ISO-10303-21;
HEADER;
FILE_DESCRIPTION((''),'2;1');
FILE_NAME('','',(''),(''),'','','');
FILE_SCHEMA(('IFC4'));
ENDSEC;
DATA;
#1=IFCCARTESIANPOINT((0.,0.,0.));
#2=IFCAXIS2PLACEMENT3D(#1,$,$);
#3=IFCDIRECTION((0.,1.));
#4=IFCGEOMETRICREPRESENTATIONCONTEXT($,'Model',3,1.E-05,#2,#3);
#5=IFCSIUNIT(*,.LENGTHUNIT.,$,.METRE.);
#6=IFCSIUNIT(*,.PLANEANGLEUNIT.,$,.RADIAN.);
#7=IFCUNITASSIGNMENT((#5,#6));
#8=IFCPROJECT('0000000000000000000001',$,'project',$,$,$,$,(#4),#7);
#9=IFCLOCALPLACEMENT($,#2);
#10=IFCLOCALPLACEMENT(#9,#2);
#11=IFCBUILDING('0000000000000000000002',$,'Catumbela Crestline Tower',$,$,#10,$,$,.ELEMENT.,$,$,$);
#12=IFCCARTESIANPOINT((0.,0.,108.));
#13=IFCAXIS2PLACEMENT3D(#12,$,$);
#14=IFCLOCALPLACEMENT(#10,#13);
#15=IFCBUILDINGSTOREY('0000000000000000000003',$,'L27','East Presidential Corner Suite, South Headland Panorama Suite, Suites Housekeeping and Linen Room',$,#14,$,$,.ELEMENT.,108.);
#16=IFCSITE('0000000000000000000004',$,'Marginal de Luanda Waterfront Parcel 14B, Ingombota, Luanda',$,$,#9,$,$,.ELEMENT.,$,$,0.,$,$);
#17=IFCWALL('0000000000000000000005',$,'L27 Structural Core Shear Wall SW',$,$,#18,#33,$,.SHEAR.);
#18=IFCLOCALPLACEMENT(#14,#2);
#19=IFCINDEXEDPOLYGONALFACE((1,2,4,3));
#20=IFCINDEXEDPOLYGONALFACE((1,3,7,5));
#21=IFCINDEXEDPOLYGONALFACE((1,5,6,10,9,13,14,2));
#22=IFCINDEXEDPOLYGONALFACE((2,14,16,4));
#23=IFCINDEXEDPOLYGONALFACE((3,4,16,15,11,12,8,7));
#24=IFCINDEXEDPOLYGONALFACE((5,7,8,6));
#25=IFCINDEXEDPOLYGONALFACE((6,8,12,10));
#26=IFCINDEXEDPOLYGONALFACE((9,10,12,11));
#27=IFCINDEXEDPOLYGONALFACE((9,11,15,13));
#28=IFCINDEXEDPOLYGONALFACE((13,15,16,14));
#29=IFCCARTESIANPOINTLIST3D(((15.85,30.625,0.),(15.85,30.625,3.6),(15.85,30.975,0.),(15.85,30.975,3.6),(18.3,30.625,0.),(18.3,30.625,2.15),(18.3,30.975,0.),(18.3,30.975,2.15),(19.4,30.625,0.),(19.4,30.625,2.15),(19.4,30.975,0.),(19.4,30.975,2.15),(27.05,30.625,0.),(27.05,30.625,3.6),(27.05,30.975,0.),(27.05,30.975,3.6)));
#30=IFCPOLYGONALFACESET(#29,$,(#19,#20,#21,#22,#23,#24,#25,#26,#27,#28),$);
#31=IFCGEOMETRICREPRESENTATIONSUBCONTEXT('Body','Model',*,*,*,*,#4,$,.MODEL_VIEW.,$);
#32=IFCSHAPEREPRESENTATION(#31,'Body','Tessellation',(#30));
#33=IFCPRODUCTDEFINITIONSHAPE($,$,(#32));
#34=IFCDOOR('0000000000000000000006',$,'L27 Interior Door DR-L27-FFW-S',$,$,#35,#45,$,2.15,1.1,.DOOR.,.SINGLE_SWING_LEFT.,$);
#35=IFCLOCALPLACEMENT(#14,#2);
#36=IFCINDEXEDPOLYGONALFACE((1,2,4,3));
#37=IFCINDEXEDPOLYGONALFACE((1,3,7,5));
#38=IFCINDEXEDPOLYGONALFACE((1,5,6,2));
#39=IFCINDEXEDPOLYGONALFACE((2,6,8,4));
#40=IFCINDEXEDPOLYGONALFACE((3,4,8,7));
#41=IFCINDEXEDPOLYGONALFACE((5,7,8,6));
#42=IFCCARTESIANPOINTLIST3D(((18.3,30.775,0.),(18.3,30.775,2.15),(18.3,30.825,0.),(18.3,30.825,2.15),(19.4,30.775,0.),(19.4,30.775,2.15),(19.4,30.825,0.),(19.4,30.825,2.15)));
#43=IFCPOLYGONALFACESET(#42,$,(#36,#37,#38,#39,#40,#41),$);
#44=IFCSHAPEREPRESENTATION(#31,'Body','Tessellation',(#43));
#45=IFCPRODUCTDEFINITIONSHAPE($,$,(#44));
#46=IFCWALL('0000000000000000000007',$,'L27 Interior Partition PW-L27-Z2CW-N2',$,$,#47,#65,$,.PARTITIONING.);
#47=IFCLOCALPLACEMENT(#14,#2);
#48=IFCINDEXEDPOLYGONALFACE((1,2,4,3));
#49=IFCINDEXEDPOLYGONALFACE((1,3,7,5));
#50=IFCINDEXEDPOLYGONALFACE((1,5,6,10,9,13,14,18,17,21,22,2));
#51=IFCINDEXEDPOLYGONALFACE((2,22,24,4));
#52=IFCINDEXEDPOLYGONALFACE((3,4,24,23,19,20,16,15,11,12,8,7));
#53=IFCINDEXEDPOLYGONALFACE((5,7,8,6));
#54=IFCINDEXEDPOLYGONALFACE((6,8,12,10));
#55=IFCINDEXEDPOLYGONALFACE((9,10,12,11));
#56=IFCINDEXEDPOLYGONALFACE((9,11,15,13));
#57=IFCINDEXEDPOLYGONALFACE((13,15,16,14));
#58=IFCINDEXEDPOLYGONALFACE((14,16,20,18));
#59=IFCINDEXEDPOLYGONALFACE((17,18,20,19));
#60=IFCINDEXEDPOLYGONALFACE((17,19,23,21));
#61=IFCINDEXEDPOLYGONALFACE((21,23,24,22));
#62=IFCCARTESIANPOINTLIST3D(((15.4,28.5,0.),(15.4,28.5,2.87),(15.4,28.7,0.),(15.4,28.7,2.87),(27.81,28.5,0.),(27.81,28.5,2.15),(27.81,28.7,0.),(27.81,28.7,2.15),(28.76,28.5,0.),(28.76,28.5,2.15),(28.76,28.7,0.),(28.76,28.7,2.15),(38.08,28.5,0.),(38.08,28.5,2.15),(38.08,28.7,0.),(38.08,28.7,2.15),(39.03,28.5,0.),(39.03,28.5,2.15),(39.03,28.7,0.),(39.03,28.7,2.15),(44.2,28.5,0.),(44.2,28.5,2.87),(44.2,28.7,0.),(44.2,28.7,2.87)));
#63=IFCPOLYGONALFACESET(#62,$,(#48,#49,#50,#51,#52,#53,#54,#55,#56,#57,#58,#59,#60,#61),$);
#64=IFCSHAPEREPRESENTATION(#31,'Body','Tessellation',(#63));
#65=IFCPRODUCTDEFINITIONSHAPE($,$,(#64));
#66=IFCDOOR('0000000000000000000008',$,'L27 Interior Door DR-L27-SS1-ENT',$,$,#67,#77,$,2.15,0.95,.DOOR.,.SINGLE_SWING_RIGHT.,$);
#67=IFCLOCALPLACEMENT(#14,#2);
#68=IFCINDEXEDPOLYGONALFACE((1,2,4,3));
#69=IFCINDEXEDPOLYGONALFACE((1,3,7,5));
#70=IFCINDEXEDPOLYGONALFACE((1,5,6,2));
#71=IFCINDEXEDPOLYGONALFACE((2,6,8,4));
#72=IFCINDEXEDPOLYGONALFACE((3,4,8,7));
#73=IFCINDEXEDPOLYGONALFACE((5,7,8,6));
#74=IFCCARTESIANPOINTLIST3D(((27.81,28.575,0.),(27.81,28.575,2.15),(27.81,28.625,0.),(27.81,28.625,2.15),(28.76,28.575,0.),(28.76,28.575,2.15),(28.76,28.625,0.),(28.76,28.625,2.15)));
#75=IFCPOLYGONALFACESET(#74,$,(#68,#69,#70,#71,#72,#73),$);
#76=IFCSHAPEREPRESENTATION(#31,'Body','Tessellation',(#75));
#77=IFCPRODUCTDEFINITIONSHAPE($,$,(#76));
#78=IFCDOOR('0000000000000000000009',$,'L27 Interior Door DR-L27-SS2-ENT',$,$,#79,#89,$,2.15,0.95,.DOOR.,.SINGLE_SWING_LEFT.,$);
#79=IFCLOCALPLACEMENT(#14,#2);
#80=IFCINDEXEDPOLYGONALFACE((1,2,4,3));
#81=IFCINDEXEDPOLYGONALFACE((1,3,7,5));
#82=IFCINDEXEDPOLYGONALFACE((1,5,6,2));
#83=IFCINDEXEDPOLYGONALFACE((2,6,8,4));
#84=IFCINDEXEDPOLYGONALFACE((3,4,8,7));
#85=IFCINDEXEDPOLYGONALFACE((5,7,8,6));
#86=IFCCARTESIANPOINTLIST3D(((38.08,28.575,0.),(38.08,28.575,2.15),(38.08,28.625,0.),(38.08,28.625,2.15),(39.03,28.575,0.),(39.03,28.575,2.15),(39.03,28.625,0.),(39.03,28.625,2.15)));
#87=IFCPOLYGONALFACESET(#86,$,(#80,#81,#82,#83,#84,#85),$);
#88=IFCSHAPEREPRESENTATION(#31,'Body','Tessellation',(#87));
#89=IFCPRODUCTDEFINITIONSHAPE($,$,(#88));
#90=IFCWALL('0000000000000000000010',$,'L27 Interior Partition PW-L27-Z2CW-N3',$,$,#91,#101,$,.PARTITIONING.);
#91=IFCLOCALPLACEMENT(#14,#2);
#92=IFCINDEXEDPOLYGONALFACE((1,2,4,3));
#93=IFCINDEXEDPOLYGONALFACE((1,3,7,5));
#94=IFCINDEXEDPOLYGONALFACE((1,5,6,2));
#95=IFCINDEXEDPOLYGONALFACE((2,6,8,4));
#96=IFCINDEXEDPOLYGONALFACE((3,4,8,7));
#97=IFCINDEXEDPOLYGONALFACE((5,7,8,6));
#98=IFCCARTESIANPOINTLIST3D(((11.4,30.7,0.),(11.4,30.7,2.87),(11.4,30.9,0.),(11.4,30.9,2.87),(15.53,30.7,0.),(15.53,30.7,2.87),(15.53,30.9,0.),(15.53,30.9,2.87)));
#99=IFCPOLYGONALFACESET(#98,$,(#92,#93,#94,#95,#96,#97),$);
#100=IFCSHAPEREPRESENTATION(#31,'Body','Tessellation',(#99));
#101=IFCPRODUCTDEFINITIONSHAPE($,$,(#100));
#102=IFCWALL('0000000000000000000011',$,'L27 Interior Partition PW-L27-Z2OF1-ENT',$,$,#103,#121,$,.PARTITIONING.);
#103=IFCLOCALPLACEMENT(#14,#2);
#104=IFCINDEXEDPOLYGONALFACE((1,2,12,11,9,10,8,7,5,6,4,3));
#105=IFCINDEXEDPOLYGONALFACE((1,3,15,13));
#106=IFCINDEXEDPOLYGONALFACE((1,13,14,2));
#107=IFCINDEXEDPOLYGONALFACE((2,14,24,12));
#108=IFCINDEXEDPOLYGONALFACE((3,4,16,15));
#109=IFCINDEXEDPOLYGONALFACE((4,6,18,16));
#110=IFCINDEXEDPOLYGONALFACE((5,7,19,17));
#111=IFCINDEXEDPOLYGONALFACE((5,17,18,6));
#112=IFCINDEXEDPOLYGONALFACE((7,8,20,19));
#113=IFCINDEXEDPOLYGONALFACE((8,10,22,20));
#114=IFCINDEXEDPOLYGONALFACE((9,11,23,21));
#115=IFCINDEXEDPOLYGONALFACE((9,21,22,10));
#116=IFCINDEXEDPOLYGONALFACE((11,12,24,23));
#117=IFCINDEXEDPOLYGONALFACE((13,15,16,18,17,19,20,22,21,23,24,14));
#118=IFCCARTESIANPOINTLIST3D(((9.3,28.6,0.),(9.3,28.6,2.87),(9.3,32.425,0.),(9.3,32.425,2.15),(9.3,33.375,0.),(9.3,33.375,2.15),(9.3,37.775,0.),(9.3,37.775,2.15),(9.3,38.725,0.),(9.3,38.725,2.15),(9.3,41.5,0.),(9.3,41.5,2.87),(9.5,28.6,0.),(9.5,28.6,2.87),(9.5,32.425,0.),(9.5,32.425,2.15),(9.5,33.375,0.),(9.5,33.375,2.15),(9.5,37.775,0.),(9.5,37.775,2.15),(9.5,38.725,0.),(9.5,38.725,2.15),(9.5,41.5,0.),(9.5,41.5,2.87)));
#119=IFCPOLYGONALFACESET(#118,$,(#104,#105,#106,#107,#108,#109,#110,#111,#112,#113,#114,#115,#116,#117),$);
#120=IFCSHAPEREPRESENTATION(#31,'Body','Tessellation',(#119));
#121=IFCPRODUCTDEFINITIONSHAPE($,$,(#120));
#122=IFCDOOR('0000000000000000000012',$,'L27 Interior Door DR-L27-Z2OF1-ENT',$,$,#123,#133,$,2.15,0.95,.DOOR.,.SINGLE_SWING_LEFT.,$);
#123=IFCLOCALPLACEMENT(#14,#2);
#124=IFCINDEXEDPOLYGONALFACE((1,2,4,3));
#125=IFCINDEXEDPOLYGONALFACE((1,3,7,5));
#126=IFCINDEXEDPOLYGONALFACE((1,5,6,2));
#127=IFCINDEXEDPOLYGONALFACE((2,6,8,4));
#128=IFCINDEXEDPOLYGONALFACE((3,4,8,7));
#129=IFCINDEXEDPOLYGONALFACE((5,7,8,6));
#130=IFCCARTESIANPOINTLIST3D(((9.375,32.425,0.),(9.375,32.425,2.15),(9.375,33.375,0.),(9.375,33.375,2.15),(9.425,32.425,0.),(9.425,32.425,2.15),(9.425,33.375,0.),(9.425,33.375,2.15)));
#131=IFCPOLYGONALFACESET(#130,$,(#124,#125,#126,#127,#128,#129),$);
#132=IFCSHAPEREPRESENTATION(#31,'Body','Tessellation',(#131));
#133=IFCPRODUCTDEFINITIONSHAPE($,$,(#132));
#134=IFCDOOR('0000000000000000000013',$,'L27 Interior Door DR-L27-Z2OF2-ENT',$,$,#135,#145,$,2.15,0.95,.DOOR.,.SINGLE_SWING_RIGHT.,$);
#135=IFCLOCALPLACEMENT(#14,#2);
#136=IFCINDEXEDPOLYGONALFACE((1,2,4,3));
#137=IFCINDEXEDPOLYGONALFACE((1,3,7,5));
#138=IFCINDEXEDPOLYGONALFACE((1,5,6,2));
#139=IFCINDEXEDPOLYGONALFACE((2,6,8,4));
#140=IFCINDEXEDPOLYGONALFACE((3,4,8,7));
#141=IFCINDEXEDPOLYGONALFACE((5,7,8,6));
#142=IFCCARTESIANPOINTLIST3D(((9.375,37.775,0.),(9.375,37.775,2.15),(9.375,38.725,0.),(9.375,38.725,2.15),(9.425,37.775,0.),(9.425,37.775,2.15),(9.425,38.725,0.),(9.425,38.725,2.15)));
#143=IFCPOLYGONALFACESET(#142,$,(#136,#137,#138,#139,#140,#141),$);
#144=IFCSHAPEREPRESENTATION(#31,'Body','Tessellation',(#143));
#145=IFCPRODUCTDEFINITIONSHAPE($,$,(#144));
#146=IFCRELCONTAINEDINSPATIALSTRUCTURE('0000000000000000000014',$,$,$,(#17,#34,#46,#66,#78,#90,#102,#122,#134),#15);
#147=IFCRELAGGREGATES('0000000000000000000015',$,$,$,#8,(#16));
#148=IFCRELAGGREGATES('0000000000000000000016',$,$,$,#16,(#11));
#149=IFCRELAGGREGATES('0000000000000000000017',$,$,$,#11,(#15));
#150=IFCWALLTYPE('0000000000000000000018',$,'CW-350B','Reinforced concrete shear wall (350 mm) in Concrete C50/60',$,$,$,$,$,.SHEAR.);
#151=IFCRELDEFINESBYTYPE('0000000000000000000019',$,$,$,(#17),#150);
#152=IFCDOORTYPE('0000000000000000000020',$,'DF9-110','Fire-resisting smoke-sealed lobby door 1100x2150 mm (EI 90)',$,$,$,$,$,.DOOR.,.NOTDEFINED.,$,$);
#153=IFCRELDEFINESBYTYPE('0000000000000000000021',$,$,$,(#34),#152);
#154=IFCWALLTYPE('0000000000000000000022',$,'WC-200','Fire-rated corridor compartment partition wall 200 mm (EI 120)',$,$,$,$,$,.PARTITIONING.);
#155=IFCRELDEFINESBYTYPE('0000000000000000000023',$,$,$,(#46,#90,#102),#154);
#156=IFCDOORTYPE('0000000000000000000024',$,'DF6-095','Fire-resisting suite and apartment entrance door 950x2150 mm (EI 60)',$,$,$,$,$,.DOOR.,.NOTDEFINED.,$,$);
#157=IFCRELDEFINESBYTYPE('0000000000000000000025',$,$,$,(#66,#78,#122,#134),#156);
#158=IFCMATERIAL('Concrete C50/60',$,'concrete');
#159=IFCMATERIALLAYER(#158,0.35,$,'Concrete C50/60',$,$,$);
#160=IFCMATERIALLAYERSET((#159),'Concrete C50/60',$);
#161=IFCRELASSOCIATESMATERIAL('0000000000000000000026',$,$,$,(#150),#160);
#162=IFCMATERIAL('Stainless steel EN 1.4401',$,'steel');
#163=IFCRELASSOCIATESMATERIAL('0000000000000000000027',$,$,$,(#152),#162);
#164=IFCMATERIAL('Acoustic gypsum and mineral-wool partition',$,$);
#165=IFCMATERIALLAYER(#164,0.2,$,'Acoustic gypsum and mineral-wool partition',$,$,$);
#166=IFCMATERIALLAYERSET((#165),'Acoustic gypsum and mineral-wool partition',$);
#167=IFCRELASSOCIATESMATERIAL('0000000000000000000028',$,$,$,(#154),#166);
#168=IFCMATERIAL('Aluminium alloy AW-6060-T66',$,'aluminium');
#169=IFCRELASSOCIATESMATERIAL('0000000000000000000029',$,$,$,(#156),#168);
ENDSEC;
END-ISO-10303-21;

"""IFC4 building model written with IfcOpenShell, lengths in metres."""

from ifc_helpers import new_model, si_unit, direction, frame, frame_2d, origin, place, context, subcontext, project, spatial, rectangle, extrude, material, layer, layer_set, type_object, element, fill, save


model = new_model("IFC4")

# Units and contexts
model_context = context("Model", 3, precision=1e-05, world=origin(), true_north=direction((0.0, 1.0)))
body_context = subcontext(model_context, "Body", "Model", "MODEL_VIEW")
ifc_project = project(units=[si_unit("LENGTHUNIT", "METRE"), si_unit("PLANEANGLEUNIT", "RADIAN")], contexts=[model_context])

# Site, building, storey
site_placement = place(None, origin())
site = spatial("IfcSite", under=ifc_project, at=site_placement, Name="Marginal de Luanda Waterfront Parcel 14B, Ingombota, Luanda", CompositionType="ELEMENT", RefElevation=0.0)
building_placement = place(site_placement, origin())
building = spatial("IfcBuilding", under=site, at=building_placement, Name="Catumbela Crestline Tower", CompositionType="ELEMENT")
storey_placement = place(building_placement, frame((0.0, 0.0, 108.0)))
storey = spatial("IfcBuildingStorey", under=building, at=storey_placement, Name="L27", Description="East Presidential Corner Suite, South Headland Panorama Suite, Suites Housekeeping and Linen Room", CompositionType="ELEMENT", Elevation=108.0)

# Shared definitions
ifc_material_1 = material(Name="Concrete C50/60", Category="concrete")

# Shared definitions
ifc_material_2 = material(Name="Stainless steel EN 1.4401", Category="steel")

# Shared definitions
ifc_layer_1 = layer(ifc_material_1, 0.35, Name="Concrete C50/60")
ifc_layer_set_1 = layer_set([ifc_layer_1], Name="Concrete C50/60")
wall_type_1 = type_object("IfcWallType", Name="CW-350B", Description="Reinforced concrete shear wall (350 mm) in Concrete C50/60", PredefinedType="SHEAR", material=ifc_layer_set_1)

# Wall, opening, door
wall_1_placement = place(storey_placement, frame((15.85, 30.8, 0.0), z_axis=(0.0, 0.0, 1.0), x_axis=(1.0, 0.0, 0.0)))
wall_1 = element("IfcWall", 1, at=wall_1_placement, inside=storey, type_object=wall_type_1, Name="L27 Structural Core Shear Wall SW", PredefinedType="SHEAR", context=body_context, shape_type="SweptSolid", body=[
    extrude(rectangle(XDim=11.2, YDim=0.35, at=frame_2d((5.6, 0.0))), origin(), (0.0, 0.0, 1.0), 3.6),
])
opening_1_placement = place(wall_1_placement, frame((2.45, 0.0, 0.0)))
opening_1 = element("IfcOpeningElement", 2, at=opening_1_placement, cuts=wall_1, PredefinedType="OPENING", context=body_context, shape_type="SweptSolid", body=[
    extrude(rectangle(XDim=1.1, YDim=2.15, at=frame_2d((0.55, 1.075))), frame((0.0, 0.185, 0.0), z_axis=(0.0, -1.0, 0.0), x_axis=(1.0, 0.0, 0.0)), (0.0, 0.0, 1.0), 0.37),
])
door_type_1 = type_object("IfcDoorType", Name="DF9-110", Description="Fire-resisting smoke-sealed lobby door 1100x2150 mm (EI 90)", OperationType="NOTDEFINED", PredefinedType="DOOR", material=ifc_material_2)
door_1_placement = place(opening_1_placement, origin())
door_1 = element("IfcDoor", 3, at=door_1_placement, inside=storey, type_object=door_type_1, Name="L27 Interior Door DR-L27-FFW-S", OperationType="SINGLE_SWING_LEFT", OverallHeight=2.15, OverallWidth=1.1, PredefinedType="DOOR", context=body_context, shape_type="SweptSolid", body=[
    extrude(rectangle(XDim=1.1, YDim=2.15, at=frame_2d((0.55, 1.075))), frame((0.0, 0.025, 0.0), z_axis=(0.0, -1.0, 0.0), x_axis=(1.0, 0.0, 0.0)), (0.0, 0.0, 1.0), 0.05),
])
fill(opening_1, door_1)

# Wall, openings, doors
ifc_material_3 = material(Name="Acoustic gypsum and mineral-wool partition")
ifc_layer_2 = layer(ifc_material_3, 0.2, Name="Acoustic gypsum and mineral-wool partition")
ifc_layer_set_2 = layer_set([ifc_layer_2], Name="Acoustic gypsum and mineral-wool partition")
wall_type_2 = type_object("IfcWallType", Name="WC-200", Description="Fire-rated corridor compartment partition wall 200 mm (EI 120)", PredefinedType="PARTITIONING", material=ifc_layer_set_2)
wall_2_placement = place(storey_placement, frame((15.4, 28.6, 0.0), z_axis=(0.0, 0.0, 1.0), x_axis=(1.0, 0.0, 0.0)))
wall_2 = element("IfcWall", 4, at=wall_2_placement, inside=storey, type_object=wall_type_2, Name="L27 Interior Partition PW-L27-Z2CW-N2", PredefinedType="PARTITIONING", context=body_context, shape_type="SweptSolid", body=[
    extrude(rectangle(XDim=28.8, YDim=0.2, at=frame_2d((14.4, 0.0))), origin(), (0.0, 0.0, 1.0), 2.87),
])
opening_2_placement = place(wall_2_placement, frame((12.41, 0.0, 0.0)))
opening_2 = element("IfcOpeningElement", 5, at=opening_2_placement, cuts=wall_2, PredefinedType="OPENING", context=body_context, shape_type="SweptSolid", body=[
    extrude(rectangle(XDim=0.95, YDim=2.15, at=frame_2d((0.475, 1.075))), frame((0.0, 0.11, 0.0), z_axis=(0.0, -1.0, 0.0), x_axis=(1.0, 0.0, 0.0)), (0.0, 0.0, 1.0), 0.22),
])
opening_3_placement = place(wall_2_placement, frame((22.68, 0.0, 0.0)))
opening_3 = element("IfcOpeningElement", 6, at=opening_3_placement, cuts=wall_2, PredefinedType="OPENING", context=body_context, shape_type="SweptSolid", body=[
    extrude(rectangle(XDim=0.95, YDim=2.15, at=frame_2d((0.475, 1.075))), frame((0.0, 0.11, 0.0), z_axis=(0.0, -1.0, 0.0), x_axis=(1.0, 0.0, 0.0)), (0.0, 0.0, 1.0), 0.22),
])
ifc_material_4 = material(Name="Aluminium alloy AW-6060-T66", Category="aluminium")
door_type_2 = type_object("IfcDoorType", Name="DF6-095", Description="Fire-resisting suite and apartment entrance door 950x2150 mm (EI 60)", OperationType="NOTDEFINED", PredefinedType="DOOR", material=ifc_material_4)
door_2_placement = place(opening_2_placement, origin())
door_2 = element("IfcDoor", 7, at=door_2_placement, inside=storey, type_object=door_type_2, Name="L27 Interior Door DR-L27-SS1-ENT", OperationType="SINGLE_SWING_RIGHT", OverallHeight=2.15, OverallWidth=0.95, PredefinedType="DOOR", context=body_context, shape_type="SweptSolid", body=[
    extrude(rectangle(XDim=0.95, YDim=2.15, at=frame_2d((0.475, 1.075))), frame((0.0, 0.025, 0.0), z_axis=(0.0, -1.0, 0.0), x_axis=(1.0, 0.0, 0.0)), (0.0, 0.0, 1.0), 0.05),
])
fill(opening_2, door_2)
door_3_placement = place(opening_3_placement, origin())
door_3 = element("IfcDoor", 8, at=door_3_placement, inside=storey, type_object=door_type_2, Name="L27 Interior Door DR-L27-SS2-ENT", OperationType="SINGLE_SWING_LEFT", OverallHeight=2.15, OverallWidth=0.95, PredefinedType="DOOR", context=body_context, shape_type="SweptSolid", body=[
    extrude(rectangle(XDim=0.95, YDim=2.15, at=frame_2d((0.475, 1.075))), frame((0.0, 0.025, 0.0), z_axis=(0.0, -1.0, 0.0), x_axis=(1.0, 0.0, 0.0)), (0.0, 0.0, 1.0), 0.05),
])
fill(opening_3, door_3)

# Wall
wall_3_placement = place(storey_placement, frame((11.4, 30.8, 0.0), z_axis=(0.0, 0.0, 1.0), x_axis=(1.0, 0.0, 0.0)))
element("IfcWall", 9, at=wall_3_placement, inside=storey, type_object=wall_type_2, Name="L27 Interior Partition PW-L27-Z2CW-N3", PredefinedType="PARTITIONING", context=body_context, shape_type="SweptSolid", body=[
    extrude(rectangle(XDim=4.13, YDim=0.2, at=frame_2d((2.065, 0.0))), origin(), (0.0, 0.0, 1.0), 2.87),
])

# Wall, openings, doors
wall_4_placement = place(storey_placement, frame((9.4, 28.6, 0.0), z_axis=(0.0, 0.0, 1.0), x_axis=(0.0, 1.0, 0.0)))
wall_4 = element("IfcWall", 10, at=wall_4_placement, inside=storey, type_object=wall_type_2, Name="L27 Interior Partition PW-L27-Z2OF1-ENT", PredefinedType="PARTITIONING", context=body_context, shape_type="SweptSolid", body=[
    extrude(rectangle(XDim=12.9, YDim=0.2, at=frame_2d((6.45, 0.0))), origin(), (0.0, 0.0, 1.0), 2.87),
])
opening_4_placement = place(wall_4_placement, frame((3.825, 0.0, 0.0)))
opening_4 = element("IfcOpeningElement", 11, at=opening_4_placement, cuts=wall_4, PredefinedType="OPENING", context=body_context, shape_type="SweptSolid", body=[
    extrude(rectangle(XDim=0.95, YDim=2.15, at=frame_2d((0.475, 1.075))), frame((0.0, 0.11, 0.0), z_axis=(0.0, -1.0, 0.0), x_axis=(1.0, 0.0, 0.0)), (0.0, 0.0, 1.0), 0.22),
])
opening_5_placement = place(wall_4_placement, frame((9.175, 0.0, 0.0)))
opening_5 = element("IfcOpeningElement", 12, at=opening_5_placement, cuts=wall_4, PredefinedType="OPENING", context=body_context, shape_type="SweptSolid", body=[
    extrude(rectangle(XDim=0.95, YDim=2.15, at=frame_2d((0.475, 1.075))), frame((0.0, 0.11, 0.0), z_axis=(0.0, -1.0, 0.0), x_axis=(1.0, 0.0, 0.0)), (0.0, 0.0, 1.0), 0.22),
])
door_4_placement = place(opening_4_placement, origin())
door_4 = element("IfcDoor", 13, at=door_4_placement, inside=storey, type_object=door_type_2, Name="L27 Interior Door DR-L27-Z2OF1-ENT", OperationType="SINGLE_SWING_LEFT", OverallHeight=2.15, OverallWidth=0.95, PredefinedType="DOOR", context=body_context, shape_type="SweptSolid", body=[
    extrude(rectangle(XDim=0.95, YDim=2.15, at=frame_2d((0.475, 1.075))), frame((0.0, 0.025, 0.0), z_axis=(0.0, -1.0, 0.0), x_axis=(1.0, 0.0, 0.0)), (0.0, 0.0, 1.0), 0.05),
])
fill(opening_4, door_4)
door_5_placement = place(opening_5_placement, origin())
door_5 = element("IfcDoor", 14, at=door_5_placement, inside=storey, type_object=door_type_2, Name="L27 Interior Door DR-L27-Z2OF2-ENT", OperationType="SINGLE_SWING_RIGHT", OverallHeight=2.15, OverallWidth=0.95, PredefinedType="DOOR", context=body_context, shape_type="SweptSolid", body=[
    extrude(rectangle(XDim=0.95, YDim=2.15, at=frame_2d((0.475, 1.075))), frame((0.0, 0.025, 0.0), z_axis=(0.0, -1.0, 0.0), x_axis=(1.0, 0.0, 0.0)), (0.0, 0.0, 1.0), 0.05),
])
fill(opening_5, door_5)

save(model, "model.ifc")
